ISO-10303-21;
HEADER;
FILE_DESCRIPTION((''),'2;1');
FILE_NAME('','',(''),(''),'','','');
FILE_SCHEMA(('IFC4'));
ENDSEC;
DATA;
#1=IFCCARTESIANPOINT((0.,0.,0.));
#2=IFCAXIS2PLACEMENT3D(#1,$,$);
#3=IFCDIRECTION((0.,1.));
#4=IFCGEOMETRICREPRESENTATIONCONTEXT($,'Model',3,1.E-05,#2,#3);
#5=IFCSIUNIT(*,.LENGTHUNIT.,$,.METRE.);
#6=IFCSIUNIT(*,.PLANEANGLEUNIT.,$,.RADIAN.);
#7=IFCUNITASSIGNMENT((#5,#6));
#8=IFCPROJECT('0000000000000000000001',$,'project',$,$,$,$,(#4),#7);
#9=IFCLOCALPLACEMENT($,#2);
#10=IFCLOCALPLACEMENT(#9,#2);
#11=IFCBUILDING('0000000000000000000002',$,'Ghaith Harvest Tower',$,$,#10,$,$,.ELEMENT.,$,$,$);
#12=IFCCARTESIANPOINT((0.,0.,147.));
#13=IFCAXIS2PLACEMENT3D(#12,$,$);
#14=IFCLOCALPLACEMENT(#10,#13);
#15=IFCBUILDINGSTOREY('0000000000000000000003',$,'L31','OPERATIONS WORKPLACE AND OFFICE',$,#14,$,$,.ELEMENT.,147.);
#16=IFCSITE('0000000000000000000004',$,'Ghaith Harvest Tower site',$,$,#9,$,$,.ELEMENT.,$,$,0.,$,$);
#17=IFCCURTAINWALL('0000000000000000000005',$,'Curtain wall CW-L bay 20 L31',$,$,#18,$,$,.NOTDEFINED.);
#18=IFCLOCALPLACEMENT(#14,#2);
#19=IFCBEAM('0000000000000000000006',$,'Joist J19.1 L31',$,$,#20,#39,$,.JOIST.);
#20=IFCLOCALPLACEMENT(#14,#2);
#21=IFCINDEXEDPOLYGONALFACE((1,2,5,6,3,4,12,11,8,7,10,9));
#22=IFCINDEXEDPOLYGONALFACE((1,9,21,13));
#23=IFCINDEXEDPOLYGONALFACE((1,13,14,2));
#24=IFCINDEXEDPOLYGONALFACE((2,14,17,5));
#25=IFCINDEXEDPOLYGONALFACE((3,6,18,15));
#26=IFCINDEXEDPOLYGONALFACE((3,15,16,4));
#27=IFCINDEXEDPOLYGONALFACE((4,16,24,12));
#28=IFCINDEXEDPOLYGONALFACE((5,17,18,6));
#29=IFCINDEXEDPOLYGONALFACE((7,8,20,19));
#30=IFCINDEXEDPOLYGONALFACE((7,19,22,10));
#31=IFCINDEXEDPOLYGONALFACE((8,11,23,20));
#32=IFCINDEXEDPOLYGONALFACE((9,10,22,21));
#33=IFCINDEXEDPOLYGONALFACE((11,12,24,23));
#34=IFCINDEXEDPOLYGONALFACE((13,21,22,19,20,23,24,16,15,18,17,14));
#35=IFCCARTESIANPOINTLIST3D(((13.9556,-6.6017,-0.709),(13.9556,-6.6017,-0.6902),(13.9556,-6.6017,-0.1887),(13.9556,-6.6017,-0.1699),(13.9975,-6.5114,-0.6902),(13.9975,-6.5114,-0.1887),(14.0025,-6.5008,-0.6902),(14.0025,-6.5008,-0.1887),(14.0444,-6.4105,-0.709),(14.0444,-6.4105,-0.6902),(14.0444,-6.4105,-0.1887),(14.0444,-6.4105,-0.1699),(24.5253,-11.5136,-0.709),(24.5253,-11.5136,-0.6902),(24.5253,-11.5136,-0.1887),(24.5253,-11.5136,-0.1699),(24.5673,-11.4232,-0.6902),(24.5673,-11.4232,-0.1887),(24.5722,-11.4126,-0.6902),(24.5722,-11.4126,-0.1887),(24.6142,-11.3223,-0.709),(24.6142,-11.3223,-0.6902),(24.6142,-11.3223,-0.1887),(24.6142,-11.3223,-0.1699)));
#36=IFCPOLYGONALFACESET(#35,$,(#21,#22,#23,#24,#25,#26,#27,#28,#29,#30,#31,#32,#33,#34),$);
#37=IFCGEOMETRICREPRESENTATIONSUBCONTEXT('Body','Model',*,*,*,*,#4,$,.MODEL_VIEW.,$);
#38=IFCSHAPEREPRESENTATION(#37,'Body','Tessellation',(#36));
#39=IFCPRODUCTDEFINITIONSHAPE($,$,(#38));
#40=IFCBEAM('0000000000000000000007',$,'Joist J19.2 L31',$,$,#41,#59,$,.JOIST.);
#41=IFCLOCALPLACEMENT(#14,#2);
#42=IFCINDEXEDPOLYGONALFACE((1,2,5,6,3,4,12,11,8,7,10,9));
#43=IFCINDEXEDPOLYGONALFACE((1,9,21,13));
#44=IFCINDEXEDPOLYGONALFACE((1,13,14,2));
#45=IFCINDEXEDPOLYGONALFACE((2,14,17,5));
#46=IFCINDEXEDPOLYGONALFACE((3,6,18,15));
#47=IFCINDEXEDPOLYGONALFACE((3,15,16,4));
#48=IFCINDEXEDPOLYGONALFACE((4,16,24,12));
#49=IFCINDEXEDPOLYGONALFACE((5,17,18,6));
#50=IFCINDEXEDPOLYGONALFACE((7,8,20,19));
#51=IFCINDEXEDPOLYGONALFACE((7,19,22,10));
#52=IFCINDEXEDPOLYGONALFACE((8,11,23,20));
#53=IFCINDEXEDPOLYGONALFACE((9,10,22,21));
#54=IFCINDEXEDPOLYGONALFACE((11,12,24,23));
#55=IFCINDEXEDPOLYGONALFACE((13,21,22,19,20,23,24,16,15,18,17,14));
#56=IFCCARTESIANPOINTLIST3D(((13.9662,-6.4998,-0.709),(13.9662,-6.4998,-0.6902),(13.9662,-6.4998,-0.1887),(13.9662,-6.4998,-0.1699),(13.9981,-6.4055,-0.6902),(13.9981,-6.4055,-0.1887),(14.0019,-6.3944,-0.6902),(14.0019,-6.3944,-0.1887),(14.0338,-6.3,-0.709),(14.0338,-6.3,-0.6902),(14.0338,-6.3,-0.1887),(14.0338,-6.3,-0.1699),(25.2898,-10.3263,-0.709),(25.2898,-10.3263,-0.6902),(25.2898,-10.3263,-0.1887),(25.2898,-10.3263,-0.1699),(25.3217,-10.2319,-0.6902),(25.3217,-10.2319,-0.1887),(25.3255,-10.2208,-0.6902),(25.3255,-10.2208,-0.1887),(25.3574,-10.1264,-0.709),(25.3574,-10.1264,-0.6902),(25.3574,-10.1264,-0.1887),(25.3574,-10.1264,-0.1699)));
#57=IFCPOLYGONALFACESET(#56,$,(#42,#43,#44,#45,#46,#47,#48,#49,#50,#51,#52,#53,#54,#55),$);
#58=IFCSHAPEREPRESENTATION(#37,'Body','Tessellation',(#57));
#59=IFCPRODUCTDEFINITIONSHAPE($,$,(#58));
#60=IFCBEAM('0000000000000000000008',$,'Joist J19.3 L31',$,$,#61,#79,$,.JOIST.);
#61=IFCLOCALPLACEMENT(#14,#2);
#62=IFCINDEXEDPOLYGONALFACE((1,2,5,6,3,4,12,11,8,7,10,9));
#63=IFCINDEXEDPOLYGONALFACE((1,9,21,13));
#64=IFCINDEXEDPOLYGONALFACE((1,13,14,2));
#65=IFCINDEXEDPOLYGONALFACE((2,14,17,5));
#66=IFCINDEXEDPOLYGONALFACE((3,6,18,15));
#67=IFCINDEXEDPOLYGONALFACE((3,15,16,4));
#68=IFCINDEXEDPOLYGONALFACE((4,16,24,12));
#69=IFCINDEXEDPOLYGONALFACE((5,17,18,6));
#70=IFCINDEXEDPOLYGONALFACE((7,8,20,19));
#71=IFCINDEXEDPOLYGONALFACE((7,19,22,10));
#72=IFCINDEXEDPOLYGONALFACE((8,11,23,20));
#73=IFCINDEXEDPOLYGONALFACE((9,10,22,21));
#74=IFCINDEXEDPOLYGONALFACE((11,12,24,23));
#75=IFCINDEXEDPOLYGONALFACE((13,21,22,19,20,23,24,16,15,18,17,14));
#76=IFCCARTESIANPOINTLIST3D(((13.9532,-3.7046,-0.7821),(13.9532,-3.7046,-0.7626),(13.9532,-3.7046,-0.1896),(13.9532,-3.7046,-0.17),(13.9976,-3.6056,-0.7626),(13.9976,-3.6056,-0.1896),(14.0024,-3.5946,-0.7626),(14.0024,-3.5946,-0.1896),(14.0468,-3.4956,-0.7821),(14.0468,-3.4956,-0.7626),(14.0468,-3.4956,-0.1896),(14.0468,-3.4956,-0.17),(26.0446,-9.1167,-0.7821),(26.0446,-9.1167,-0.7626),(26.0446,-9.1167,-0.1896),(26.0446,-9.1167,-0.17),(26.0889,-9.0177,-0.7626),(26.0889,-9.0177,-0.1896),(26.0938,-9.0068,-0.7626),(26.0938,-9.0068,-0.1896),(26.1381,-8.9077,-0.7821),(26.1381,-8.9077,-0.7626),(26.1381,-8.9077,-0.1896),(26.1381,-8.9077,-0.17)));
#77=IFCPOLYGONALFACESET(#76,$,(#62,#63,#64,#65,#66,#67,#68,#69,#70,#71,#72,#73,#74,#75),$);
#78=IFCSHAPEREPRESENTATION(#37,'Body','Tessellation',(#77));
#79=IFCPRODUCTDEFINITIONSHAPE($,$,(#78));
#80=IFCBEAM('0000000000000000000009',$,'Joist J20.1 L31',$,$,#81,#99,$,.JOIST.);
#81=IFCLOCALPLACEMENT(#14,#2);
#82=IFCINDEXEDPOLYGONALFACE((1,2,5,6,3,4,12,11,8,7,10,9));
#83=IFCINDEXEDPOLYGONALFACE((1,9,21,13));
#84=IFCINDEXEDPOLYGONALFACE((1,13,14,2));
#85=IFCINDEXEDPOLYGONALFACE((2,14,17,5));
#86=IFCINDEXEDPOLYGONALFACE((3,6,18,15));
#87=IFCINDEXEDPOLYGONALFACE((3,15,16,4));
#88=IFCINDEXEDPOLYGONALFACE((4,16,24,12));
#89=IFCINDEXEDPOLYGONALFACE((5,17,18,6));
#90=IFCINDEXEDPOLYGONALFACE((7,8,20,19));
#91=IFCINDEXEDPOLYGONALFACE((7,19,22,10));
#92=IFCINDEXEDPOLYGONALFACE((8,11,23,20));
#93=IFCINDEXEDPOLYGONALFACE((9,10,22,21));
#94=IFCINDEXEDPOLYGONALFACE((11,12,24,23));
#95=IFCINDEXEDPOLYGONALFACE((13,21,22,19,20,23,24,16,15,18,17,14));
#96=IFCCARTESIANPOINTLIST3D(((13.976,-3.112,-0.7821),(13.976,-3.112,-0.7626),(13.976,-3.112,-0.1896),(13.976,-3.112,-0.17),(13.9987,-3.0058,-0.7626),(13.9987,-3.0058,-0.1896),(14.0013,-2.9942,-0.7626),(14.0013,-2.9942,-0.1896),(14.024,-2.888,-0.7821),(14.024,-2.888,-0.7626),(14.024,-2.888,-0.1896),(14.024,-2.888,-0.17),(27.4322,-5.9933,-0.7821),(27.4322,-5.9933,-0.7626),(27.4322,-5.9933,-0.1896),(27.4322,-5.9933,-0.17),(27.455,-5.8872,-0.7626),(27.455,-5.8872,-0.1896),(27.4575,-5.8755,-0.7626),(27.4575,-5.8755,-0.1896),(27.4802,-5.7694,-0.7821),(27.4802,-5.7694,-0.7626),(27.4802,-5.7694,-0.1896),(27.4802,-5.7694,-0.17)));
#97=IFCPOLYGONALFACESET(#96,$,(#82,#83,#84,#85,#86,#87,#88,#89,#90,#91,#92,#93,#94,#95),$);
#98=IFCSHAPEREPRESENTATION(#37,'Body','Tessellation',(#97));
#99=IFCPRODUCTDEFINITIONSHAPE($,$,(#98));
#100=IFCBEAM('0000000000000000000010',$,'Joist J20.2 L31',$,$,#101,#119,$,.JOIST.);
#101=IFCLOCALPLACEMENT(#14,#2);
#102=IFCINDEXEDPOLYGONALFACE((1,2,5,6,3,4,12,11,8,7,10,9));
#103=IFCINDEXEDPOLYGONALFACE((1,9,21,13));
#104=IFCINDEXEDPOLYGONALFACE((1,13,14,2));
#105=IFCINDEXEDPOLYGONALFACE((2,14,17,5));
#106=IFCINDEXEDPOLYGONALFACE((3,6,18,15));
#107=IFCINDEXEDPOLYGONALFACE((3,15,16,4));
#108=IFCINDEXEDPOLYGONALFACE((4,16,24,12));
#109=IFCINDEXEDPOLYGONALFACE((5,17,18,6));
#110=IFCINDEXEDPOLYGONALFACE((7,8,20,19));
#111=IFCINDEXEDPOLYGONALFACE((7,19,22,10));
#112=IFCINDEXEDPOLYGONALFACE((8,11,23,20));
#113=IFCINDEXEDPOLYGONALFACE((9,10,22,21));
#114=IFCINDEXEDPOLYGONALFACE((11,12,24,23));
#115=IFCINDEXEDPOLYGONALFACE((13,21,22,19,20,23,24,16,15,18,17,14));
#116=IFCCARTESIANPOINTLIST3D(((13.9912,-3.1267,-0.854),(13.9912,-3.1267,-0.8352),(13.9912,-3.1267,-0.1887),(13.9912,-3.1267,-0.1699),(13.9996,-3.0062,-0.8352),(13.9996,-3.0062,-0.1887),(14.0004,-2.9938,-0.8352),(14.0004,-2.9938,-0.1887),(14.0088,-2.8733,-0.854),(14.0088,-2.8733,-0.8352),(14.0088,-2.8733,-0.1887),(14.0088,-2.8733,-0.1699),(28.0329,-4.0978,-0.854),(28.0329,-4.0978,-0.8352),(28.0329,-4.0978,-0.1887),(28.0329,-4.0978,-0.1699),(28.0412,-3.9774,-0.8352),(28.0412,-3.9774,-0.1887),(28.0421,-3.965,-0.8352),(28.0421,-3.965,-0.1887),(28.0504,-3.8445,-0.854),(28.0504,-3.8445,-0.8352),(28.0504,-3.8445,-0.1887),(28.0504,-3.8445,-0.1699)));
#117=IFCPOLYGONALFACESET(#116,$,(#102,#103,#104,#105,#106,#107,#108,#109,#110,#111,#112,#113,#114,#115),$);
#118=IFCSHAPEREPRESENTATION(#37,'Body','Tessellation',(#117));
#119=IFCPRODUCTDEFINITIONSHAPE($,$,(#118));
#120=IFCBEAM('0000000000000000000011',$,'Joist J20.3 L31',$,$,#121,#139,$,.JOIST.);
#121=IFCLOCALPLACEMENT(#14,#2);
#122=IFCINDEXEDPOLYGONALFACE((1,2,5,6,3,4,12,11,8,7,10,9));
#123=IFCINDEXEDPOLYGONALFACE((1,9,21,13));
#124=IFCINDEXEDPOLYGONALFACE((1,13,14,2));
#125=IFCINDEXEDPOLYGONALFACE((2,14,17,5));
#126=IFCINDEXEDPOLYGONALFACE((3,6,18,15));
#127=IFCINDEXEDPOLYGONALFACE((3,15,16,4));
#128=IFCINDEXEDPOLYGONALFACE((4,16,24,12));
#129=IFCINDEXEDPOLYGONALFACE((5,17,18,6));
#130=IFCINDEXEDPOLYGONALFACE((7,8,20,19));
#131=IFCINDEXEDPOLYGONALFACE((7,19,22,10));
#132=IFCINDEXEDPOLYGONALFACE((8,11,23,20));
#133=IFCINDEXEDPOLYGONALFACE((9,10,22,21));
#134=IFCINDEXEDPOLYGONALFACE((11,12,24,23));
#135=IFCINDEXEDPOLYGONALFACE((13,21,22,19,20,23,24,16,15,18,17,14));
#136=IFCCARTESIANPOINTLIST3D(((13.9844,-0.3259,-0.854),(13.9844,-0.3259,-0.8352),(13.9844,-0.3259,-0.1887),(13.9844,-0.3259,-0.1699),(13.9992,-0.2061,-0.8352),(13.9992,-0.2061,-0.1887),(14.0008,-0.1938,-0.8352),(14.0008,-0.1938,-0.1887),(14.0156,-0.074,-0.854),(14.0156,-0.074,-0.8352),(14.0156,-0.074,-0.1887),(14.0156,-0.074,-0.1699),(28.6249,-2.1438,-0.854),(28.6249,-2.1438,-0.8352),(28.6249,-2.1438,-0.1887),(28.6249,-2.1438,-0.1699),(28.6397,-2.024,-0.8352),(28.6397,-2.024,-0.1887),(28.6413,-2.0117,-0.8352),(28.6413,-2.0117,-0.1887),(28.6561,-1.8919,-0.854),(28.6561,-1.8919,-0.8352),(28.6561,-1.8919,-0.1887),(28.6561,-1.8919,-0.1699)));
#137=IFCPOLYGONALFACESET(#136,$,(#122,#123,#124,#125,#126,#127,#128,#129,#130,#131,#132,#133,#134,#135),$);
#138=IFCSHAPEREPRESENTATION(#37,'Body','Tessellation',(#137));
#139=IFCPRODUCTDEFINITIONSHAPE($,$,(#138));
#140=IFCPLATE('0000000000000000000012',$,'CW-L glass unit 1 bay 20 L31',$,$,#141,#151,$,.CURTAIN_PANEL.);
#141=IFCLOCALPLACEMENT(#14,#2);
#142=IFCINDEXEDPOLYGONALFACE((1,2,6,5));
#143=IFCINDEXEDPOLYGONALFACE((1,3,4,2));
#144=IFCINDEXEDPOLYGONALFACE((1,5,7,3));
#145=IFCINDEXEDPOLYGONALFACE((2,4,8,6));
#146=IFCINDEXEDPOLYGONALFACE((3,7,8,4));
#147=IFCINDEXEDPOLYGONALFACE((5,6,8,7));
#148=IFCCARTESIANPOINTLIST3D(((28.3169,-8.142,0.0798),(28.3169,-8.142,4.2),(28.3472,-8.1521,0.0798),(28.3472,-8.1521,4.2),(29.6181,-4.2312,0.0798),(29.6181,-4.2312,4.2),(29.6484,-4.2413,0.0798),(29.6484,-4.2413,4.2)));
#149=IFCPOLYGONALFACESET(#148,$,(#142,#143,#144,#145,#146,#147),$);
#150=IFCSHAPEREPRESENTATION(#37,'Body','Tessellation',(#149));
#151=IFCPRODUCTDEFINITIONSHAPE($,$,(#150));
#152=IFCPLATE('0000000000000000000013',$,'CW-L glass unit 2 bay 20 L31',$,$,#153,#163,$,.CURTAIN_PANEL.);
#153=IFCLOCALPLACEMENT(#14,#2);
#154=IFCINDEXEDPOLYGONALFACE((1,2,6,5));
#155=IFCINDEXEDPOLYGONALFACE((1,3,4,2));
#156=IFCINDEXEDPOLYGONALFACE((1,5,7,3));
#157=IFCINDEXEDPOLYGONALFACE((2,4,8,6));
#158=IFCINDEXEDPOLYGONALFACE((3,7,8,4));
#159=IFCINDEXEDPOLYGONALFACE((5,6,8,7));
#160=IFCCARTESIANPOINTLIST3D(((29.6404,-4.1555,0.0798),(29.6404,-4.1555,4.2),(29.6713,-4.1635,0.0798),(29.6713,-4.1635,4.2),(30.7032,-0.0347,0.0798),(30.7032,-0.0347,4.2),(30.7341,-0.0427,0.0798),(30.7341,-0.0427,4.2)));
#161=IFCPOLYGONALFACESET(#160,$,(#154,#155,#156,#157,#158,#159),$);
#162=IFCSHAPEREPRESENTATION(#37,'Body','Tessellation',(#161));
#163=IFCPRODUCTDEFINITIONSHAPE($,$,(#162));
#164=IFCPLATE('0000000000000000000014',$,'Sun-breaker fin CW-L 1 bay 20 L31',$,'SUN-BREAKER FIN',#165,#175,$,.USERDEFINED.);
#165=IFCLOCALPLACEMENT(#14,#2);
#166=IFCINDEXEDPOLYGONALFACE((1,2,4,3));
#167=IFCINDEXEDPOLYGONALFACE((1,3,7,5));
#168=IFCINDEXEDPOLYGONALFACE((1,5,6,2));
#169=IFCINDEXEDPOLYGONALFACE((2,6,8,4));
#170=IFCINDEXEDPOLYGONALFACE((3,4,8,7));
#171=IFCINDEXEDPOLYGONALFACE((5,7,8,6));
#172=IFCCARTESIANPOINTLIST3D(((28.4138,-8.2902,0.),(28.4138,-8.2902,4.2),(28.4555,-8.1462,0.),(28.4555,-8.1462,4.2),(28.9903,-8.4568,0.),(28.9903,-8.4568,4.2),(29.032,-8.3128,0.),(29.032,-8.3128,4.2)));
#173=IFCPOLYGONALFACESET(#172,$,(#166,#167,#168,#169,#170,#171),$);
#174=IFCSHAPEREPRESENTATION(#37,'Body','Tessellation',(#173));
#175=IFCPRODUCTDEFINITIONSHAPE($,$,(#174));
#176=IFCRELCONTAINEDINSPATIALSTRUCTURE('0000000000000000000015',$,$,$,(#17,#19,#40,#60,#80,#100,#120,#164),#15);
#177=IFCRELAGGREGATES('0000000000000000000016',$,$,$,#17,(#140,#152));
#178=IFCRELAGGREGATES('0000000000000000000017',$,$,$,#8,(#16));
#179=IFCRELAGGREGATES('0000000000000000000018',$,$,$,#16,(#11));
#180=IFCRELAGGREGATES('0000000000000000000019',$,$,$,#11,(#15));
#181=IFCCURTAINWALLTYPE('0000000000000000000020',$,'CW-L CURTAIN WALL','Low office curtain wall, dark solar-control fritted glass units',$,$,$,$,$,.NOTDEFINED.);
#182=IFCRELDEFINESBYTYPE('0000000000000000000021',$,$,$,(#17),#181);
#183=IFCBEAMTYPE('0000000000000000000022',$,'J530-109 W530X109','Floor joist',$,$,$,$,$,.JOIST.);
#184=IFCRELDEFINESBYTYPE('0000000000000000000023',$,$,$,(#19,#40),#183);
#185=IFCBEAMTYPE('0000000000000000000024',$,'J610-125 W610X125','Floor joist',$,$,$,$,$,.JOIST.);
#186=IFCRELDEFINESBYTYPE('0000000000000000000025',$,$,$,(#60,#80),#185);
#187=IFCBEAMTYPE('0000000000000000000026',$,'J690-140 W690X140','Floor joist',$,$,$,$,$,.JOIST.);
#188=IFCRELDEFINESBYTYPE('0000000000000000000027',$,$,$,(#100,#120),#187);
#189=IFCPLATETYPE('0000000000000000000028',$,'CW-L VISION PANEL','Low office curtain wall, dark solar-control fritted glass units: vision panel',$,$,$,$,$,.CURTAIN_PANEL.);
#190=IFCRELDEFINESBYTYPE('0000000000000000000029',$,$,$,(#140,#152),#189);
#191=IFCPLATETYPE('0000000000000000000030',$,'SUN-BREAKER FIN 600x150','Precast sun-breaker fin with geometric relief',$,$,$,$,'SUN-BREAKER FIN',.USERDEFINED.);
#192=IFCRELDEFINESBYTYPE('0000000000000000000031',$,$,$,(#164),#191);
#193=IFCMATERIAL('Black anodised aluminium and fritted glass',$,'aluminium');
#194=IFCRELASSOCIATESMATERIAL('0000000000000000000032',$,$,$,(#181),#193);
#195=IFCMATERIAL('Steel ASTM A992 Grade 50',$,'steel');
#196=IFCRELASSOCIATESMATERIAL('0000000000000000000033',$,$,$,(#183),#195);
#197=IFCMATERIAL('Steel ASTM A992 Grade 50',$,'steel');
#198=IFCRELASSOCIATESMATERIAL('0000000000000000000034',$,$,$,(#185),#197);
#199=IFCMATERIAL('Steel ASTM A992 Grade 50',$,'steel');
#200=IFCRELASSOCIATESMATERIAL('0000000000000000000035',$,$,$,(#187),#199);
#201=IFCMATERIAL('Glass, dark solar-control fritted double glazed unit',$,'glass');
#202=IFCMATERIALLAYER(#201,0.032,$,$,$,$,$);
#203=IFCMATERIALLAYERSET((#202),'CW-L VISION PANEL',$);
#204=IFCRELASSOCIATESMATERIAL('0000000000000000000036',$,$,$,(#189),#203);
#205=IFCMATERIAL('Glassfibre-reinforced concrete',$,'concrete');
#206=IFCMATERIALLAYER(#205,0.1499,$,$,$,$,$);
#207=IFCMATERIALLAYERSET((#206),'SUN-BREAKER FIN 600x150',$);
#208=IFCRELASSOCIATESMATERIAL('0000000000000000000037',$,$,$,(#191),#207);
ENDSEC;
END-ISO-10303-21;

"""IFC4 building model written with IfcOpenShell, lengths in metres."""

from ifc_helpers import new_model, si_unit, direction, frame, origin, origin_2d, place, context, subcontext, project, spatial, rectangle, i_section, extrude, material, layer, layer_set, material_profile, profile_set, type_object, element, aggregate, save


model = new_model("IFC4")

# Units and contexts
model_context = context("Model", 3, precision=1e-05, world=origin(), true_north=direction((0.0, 1.0)))
body_context = subcontext(model_context, "Body", "Model", "MODEL_VIEW")
ifc_project = project(units=[si_unit("LENGTHUNIT", "METRE"), si_unit("PLANEANGLEUNIT", "RADIAN")], contexts=[model_context])

# Site, building, storey
site_placement = place(None, origin())
site = spatial("IfcSite", under=ifc_project, at=site_placement, Name="Ghaith Harvest Tower site", CompositionType="ELEMENT", RefElevation=0.0)
building_placement = place(site_placement, origin())
building = spatial("IfcBuilding", under=site, at=building_placement, Name="Ghaith Harvest Tower", CompositionType="ELEMENT")
storey_placement = place(building_placement, frame((0.0, 0.0, 147.0)))
storey = spatial("IfcBuildingStorey", under=building, at=storey_placement, Name="L31", Description="OPERATIONS WORKPLACE AND OFFICE", CompositionType="ELEMENT", Elevation=147.0)

# Curtain wall
ifc_material_1 = material(Name="Black anodised aluminium and fritted glass", Category="aluminium")
curtain_wall_type = type_object("IfcCurtainWallType", Name="CW-L CURTAIN WALL", Description="Low office curtain wall, dark solar-control fritted glass units", PredefinedType="NOTDEFINED", material=ifc_material_1)
curtain_wall_placement = place(storey_placement, origin())
curtain_wall = element("IfcCurtainWall", 1, at=curtain_wall_placement, inside=storey, type_object=curtain_wall_type, Name="Curtain wall CW-L bay 20 L31", PredefinedType="NOTDEFINED")

# Beams
ifc_material_2 = material(Name="Steel ASTM A992 Grade 50", Category="steel")
ifc_material_profile_1 = material_profile(ifc_material_2, i_section(OverallWidth=0.2109, OverallDepth=0.5391, WebThickness=0.0117, FlangeThickness=0.0188, at=origin_2d()), Name="W530X109")
ifc_profile_set_1 = profile_set([ifc_material_profile_1], Name="Steel ASTM A992 Grade 50")
beam_type_1 = type_object("IfcBeamType", Name="J530-109 W530X109", Description="Floor joist", PredefinedType="JOIST", material=ifc_profile_set_1)
beam_1_placement = place(storey_placement, frame((14.0, -6.5061, -0.4395), z_axis=(0.906863, -0.421425, 0.0), x_axis=(0.421425, 0.906863, 0.0)))
element("IfcBeam", 2, at=beam_1_placement, inside=storey, type_object=beam_type_1, Name="Joist J19.1 L31", PredefinedType="JOIST", context=body_context, shape_type="SweptSolid", body=[
    extrude(i_section(OverallWidth=0.2109, OverallDepth=0.5391, WebThickness=0.0117, FlangeThickness=0.0188, at=origin_2d()), origin(), (0.0, 0.0, 1.0), 11.6553),
])
beam_2_placement = place(storey_placement, frame((14.0, -6.3999, -0.4395), z_axis=(0.947372, -0.320135, 0.0), x_axis=(0.320135, 0.947372, 0.0)))
element("IfcBeam", 3, at=beam_2_placement, inside=storey, type_object=beam_type_1, Name="Joist J19.2 L31", PredefinedType="JOIST", context=body_context, shape_type="SweptSolid", body=[
    extrude(i_section(OverallWidth=0.2109, OverallDepth=0.5391, WebThickness=0.0117, FlangeThickness=0.0188, at=origin_2d()), origin(), (0.0, 0.0, 1.0), 11.9526),
])
ifc_material_3 = material(Name="Steel ASTM A992 Grade 50", Category="steel")
ifc_material_profile_2 = material_profile(ifc_material_3, i_section(OverallWidth=0.229, OverallDepth=0.6121, WebThickness=0.012, FlangeThickness=0.0195, at=origin_2d()), Name="W610X125")
ifc_profile_set_2 = profile_set([ifc_material_profile_2], Name="Steel ASTM A992 Grade 50")
beam_type_2 = type_object("IfcBeamType", Name="J610-125 W610X125", Description="Floor joist", PredefinedType="JOIST", material=ifc_profile_set_2)
beam_3_placement = place(storey_placement, frame((14.0, -3.6001, -0.4761), z_axis=(0.912738, -0.408545, 0.0), x_axis=(0.408545, 0.912738, 0.0)))
element("IfcBeam", 4, at=beam_3_placement, inside=storey, type_object=beam_type_2, Name="Joist J19.3 L31", PredefinedType="JOIST", context=body_context, shape_type="SweptSolid", body=[
    extrude(i_section(OverallWidth=0.229, OverallDepth=0.6121, WebThickness=0.012, FlangeThickness=0.0195, at=origin_2d()), origin(), (0.0, 0.0, 1.0), 13.2473),
])
beam_4_placement = place(storey_placement, frame((14.0, -3.0, -0.4761), z_axis=(0.977834, -0.20938, 0.0), x_axis=(0.20938, 0.977834, 0.0)))
element("IfcBeam", 5, at=beam_4_placement, inside=storey, type_object=beam_type_2, Name="Joist J20.1 L31", PredefinedType="JOIST", context=body_context, shape_type="SweptSolid", body=[
    extrude(i_section(OverallWidth=0.229, OverallDepth=0.6121, WebThickness=0.012, FlangeThickness=0.0195, at=origin_2d()), origin(), (0.0, 0.0, 1.0), 13.7612),
])
ifc_material_4 = material(Name="Steel ASTM A992 Grade 50", Category="steel")
ifc_material_profile_3 = material_profile(ifc_material_4, i_section(OverallWidth=0.2539, OverallDepth=0.6841, WebThickness=0.0125, FlangeThickness=0.0188, at=origin_2d()), Name="W690X140")
ifc_profile_set_3 = profile_set([ifc_material_profile_3], Name="Steel ASTM A992 Grade 50")
beam_type_3 = type_object("IfcBeamType", Name="J690-140 W690X140", Description="Floor joist", PredefinedType="JOIST", material=ifc_profile_set_3)
beam_5_placement = place(storey_placement, frame((14.0, -3.0, -0.512), z_axis=(0.997617, -0.069, 0.0), x_axis=(0.069, 0.997617, 0.0)))
element("IfcBeam", 6, at=beam_5_placement, inside=storey, type_object=beam_type_3, Name="Joist J20.2 L31", PredefinedType="JOIST", context=body_context, shape_type="SweptSolid", body=[
    extrude(i_section(OverallWidth=0.2539, OverallDepth=0.6841, WebThickness=0.0125, FlangeThickness=0.0188, at=origin_2d()), origin(), (0.0, 0.0, 1.0), 14.0752),
])
beam_6_placement = place(storey_placement, frame((14.0, -0.2, -0.512), z_axis=(0.992379, -0.123222, 0.0), x_axis=(0.123222, 0.992379, 0.0)))
element("IfcBeam", 7, at=beam_6_placement, inside=storey, type_object=beam_type_3, Name="Joist J20.3 L31", PredefinedType="JOIST", context=body_context, shape_type="SweptSolid", body=[
    extrude(i_section(OverallWidth=0.2539, OverallDepth=0.6841, WebThickness=0.0125, FlangeThickness=0.0188, at=origin_2d()), origin(), (0.0, 0.0, 1.0), 14.7529),
])

# Plates
ifc_material_5 = material(Name="Glass, dark solar-control fritted double glazed unit", Category="glass")
ifc_layer_1 = layer(ifc_material_5, 0.032)
ifc_layer_set_1 = layer_set([ifc_layer_1], Name="CW-L VISION PANEL")
plate_type_1 = type_object("IfcPlateType", Name="CW-L VISION PANEL", Description="Low office curtain wall, dark solar-control fritted glass units: vision panel", PredefinedType="CURTAIN_PANEL", material=ifc_layer_set_1)
plate_1_placement = place(storey_placement, frame((28.9827, -6.1917, 0.0798), z_axis=(0.0, 0.0, 1.0), x_axis=(0.315708, 0.948856, 0.0)))
plate_1 = element("IfcPlate", 8, at=plate_1_placement, type_object=plate_type_1, Name="CW-L glass unit 1 bay 20 L31", PredefinedType="CURTAIN_PANEL", context=body_context, shape_type="SweptSolid", body=[
    extrude(rectangle(XDim=4.1216, YDim=0.032, at=origin_2d()), origin(), (0.0, 0.0, 1.0), 4.1201),
])
plate_2_placement = place(storey_placement, frame((30.1873, -2.0991, 0.0798), z_axis=(0.0, 0.0, 1.0), x_axis=(0.249744, 0.968312, 0.0)))
plate_2 = element("IfcPlate", 9, at=plate_2_placement, type_object=plate_type_1, Name="CW-L glass unit 2 bay 20 L31", PredefinedType="CURTAIN_PANEL", context=body_context, shape_type="SweptSolid", body=[
    extrude(rectangle(XDim=4.2556, YDim=0.032, at=origin_2d()), origin(), (0.0, 0.0, 1.0), 4.1201),
])
aggregate(curtain_wall, [plate_1, plate_2])
ifc_material_6 = material(Name="Glassfibre-reinforced concrete", Category="concrete")
ifc_layer_2 = layer(ifc_material_6, 0.1499)
ifc_layer_set_2 = layer_set([ifc_layer_2], Name="SUN-BREAKER FIN 600x150")
plate_type_2 = type_object("IfcPlateType", Name="SUN-BREAKER FIN 600x150", Description="Precast sun-breaker fin with geometric relief", ElementType="SUN-BREAKER FIN", PredefinedType="USERDEFINED", material=ifc_layer_set_2)
plate_3_placement = place(storey_placement, frame((28.7229, -8.3015, 0.0), z_axis=(0.0, 0.0, 1.0), x_axis=(0.96068, -0.277657, 0.0)))
element("IfcPlate", 10, at=plate_3_placement, inside=storey, type_object=plate_type_2, Name="Sun-breaker fin CW-L 1 bay 20 L31", ObjectType="SUN-BREAKER FIN", PredefinedType="USERDEFINED", context=body_context, shape_type="SweptSolid", body=[
    extrude(rectangle(XDim=0.6001, YDim=0.1499, at=origin_2d()), origin(), (0.0, 0.0, 1.0), 4.2),
])

save(model, "model.ifc")
